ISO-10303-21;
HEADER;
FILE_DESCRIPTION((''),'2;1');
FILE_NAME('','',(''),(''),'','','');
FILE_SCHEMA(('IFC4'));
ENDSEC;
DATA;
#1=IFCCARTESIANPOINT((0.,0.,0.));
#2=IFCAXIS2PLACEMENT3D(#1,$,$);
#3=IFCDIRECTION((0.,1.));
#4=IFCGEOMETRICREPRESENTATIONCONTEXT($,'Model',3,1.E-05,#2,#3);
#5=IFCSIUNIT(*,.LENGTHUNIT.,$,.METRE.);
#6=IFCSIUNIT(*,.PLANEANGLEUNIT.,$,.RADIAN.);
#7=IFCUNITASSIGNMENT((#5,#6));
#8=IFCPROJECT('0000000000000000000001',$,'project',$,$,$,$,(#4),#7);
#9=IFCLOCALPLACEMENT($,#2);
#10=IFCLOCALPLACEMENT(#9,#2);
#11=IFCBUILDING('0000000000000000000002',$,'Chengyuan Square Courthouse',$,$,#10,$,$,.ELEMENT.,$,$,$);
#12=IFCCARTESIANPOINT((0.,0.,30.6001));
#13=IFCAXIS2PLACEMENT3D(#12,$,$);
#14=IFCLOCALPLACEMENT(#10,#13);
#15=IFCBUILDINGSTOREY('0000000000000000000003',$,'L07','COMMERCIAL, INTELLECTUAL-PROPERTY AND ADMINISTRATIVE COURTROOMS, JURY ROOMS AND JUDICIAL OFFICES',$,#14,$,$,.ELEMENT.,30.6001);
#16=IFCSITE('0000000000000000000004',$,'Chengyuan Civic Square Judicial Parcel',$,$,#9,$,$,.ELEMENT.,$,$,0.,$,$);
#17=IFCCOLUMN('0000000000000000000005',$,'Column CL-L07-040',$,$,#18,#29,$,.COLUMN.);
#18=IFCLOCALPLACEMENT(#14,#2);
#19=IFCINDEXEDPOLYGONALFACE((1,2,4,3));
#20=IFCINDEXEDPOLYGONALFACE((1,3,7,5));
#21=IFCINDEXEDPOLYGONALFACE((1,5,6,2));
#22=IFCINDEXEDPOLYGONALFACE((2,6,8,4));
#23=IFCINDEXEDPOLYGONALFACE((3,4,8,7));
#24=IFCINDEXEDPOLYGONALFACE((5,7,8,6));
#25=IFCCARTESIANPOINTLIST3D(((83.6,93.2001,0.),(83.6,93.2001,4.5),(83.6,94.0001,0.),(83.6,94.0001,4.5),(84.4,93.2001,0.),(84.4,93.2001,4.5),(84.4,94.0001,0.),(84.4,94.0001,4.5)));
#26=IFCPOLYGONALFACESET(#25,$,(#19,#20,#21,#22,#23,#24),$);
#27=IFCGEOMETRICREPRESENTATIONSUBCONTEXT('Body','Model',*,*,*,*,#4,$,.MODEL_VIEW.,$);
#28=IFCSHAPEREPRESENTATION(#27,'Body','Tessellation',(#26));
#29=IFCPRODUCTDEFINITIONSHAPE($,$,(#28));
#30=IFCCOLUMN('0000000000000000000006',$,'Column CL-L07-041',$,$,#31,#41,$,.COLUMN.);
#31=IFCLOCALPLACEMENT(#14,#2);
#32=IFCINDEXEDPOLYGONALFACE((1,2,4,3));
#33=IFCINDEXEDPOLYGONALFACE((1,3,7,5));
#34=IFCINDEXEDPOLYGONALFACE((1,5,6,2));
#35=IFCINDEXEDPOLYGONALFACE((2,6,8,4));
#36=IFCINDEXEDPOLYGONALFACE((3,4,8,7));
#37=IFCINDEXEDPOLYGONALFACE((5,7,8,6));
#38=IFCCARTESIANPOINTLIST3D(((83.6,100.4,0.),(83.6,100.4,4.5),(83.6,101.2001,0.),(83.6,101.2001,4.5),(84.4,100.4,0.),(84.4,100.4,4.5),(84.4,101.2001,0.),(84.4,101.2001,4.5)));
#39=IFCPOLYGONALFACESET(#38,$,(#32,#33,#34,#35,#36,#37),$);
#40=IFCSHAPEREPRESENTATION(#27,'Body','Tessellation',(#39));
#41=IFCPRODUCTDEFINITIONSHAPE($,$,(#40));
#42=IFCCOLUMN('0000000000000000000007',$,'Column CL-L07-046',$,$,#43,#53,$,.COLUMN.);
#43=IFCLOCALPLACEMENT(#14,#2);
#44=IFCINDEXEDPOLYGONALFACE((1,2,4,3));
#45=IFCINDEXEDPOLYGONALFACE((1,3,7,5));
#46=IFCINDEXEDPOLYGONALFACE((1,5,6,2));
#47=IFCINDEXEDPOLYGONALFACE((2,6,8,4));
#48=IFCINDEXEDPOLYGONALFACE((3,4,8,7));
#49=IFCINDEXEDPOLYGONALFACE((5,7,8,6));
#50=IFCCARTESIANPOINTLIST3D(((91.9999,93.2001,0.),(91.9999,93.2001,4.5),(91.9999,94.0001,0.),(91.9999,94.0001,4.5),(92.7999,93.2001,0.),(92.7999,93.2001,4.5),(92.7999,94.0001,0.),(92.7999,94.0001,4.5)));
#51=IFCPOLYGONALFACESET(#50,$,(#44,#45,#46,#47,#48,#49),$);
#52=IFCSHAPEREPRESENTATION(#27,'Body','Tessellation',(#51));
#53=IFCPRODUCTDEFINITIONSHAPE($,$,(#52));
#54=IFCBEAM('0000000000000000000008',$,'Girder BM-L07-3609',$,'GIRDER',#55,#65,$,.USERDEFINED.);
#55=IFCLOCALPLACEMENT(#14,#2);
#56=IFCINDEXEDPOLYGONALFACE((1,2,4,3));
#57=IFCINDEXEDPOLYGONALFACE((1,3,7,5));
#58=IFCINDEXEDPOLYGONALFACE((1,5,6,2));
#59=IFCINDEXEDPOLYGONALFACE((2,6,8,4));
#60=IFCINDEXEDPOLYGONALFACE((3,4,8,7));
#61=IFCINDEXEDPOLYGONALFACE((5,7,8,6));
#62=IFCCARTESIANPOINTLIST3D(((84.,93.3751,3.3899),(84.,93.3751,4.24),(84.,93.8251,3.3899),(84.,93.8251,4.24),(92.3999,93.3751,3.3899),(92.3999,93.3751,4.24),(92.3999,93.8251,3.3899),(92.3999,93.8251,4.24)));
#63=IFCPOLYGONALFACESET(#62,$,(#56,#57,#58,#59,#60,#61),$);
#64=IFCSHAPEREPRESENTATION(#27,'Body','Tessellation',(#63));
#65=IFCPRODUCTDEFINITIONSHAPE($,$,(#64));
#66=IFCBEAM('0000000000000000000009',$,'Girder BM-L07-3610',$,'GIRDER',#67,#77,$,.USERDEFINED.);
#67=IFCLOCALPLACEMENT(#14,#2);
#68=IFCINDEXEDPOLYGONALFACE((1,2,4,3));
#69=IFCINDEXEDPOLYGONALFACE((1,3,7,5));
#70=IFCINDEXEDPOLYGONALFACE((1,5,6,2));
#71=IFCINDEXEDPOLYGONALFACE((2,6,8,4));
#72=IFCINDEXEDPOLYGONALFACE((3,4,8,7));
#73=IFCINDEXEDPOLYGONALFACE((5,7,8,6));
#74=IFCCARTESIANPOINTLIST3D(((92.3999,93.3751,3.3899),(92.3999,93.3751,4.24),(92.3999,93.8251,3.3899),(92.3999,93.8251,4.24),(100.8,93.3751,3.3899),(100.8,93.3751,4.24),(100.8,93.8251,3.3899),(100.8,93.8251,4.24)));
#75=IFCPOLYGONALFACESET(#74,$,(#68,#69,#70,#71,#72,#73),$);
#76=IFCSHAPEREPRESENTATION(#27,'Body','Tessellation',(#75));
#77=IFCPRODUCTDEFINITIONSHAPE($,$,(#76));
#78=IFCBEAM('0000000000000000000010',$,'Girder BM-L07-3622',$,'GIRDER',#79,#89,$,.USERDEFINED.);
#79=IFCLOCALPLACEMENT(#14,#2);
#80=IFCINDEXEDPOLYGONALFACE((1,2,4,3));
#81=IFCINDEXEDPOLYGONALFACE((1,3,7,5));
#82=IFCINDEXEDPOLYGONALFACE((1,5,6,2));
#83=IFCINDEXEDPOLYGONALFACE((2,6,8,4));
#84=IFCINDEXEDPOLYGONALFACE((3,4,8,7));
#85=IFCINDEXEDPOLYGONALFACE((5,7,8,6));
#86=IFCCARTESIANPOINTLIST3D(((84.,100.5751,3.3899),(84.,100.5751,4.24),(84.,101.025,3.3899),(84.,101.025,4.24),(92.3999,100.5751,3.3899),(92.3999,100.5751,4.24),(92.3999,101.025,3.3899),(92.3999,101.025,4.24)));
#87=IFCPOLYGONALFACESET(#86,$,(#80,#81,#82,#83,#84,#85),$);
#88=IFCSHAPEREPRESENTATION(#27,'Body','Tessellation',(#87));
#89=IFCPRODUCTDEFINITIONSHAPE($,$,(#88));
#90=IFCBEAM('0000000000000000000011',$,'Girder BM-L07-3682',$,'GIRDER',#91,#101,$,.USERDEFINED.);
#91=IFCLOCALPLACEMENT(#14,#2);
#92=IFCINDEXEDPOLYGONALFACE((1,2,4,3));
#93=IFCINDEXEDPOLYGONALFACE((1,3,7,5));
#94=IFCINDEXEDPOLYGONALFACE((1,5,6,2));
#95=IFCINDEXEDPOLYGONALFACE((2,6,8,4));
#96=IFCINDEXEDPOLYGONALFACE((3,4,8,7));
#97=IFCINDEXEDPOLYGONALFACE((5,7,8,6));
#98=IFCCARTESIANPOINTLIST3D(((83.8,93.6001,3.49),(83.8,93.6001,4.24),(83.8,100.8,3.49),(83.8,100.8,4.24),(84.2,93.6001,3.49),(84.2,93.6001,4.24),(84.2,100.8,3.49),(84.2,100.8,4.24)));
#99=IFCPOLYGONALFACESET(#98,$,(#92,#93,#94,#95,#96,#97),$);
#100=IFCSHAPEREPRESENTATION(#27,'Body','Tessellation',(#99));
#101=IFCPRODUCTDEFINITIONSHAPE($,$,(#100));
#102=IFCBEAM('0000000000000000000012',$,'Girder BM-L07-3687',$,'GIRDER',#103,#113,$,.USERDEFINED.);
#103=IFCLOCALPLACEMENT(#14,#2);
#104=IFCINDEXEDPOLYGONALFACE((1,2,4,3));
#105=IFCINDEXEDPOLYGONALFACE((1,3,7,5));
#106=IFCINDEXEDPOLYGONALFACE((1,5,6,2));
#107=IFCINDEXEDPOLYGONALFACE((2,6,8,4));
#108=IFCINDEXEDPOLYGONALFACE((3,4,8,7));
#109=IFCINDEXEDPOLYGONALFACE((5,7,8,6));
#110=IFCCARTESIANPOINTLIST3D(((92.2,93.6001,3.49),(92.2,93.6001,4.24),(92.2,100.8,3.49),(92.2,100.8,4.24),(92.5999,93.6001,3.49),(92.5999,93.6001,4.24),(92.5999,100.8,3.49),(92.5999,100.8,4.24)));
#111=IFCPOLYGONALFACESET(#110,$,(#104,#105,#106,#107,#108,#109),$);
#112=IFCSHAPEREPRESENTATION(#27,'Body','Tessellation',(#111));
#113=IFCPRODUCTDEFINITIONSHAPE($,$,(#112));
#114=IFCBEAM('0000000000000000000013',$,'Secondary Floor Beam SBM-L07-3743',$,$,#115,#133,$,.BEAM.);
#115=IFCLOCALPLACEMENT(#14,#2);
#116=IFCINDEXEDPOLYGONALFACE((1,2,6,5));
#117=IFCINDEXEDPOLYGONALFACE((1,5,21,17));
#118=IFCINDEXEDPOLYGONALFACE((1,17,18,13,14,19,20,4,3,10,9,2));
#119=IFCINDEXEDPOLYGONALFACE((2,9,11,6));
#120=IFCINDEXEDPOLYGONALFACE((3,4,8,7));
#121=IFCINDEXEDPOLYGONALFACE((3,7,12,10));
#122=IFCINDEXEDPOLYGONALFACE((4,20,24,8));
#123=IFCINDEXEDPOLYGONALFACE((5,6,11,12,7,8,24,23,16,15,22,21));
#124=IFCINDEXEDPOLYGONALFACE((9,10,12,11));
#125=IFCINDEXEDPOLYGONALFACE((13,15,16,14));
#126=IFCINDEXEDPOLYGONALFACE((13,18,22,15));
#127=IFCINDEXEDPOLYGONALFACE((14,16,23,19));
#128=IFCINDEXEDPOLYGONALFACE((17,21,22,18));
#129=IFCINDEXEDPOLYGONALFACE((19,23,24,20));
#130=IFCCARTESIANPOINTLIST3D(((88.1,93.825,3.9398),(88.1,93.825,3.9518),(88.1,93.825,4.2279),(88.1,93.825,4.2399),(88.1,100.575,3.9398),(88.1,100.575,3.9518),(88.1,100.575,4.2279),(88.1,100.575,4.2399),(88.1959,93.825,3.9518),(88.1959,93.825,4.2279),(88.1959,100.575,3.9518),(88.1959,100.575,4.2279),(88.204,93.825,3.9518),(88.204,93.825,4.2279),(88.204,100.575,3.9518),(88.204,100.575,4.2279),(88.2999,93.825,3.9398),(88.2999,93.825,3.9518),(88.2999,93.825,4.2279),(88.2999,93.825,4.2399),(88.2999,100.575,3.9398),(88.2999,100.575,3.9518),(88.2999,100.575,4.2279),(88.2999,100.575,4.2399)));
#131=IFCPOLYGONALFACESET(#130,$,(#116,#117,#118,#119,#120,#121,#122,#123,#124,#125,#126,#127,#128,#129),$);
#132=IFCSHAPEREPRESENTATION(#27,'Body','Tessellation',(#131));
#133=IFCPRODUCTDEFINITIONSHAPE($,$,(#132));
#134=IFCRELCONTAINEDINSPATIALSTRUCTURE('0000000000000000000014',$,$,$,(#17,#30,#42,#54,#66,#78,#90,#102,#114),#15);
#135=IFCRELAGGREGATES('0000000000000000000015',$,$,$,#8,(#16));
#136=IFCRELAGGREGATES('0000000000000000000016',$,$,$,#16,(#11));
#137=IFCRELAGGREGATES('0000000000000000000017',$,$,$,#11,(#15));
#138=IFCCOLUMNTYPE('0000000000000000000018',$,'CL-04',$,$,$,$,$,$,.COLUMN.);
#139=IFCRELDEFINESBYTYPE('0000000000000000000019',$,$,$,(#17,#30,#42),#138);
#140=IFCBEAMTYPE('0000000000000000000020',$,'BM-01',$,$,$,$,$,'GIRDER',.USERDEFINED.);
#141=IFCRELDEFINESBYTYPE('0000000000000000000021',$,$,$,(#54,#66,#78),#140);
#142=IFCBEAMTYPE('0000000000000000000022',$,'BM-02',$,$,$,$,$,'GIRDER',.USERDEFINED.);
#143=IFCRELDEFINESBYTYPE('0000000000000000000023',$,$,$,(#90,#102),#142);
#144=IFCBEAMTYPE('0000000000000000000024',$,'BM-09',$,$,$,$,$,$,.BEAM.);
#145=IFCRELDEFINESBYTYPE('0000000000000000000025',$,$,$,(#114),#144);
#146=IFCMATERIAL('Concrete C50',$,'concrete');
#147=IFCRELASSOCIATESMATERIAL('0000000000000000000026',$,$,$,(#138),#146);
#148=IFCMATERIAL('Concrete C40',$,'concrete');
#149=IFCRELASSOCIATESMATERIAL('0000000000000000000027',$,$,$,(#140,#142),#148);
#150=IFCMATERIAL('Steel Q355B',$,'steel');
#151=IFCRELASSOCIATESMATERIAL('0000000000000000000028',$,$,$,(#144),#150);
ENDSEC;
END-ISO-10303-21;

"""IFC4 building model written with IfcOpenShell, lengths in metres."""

from ifc_helpers import new_model, si_unit, direction, frame, origin, origin_2d, place, context, subcontext, project, spatial, rectangle, i_section, extrude, material, material_profile, profile_set, type_object, element, save


model = new_model("IFC4")

# Units and contexts
model_context = context("Model", 3, precision=1e-05, world=origin(), true_north=direction((0.0, 1.0)))
body_context = subcontext(model_context, "Body", "Model", "MODEL_VIEW")
ifc_project = project(units=[si_unit("LENGTHUNIT", "METRE"), si_unit("PLANEANGLEUNIT", "RADIAN")], contexts=[model_context])

# Site, building, storey
site_placement = place(None, origin())
site = spatial("IfcSite", under=ifc_project, at=site_placement, Name="Chengyuan Civic Square Judicial Parcel", CompositionType="ELEMENT", RefElevation=0.0)
building_placement = place(site_placement, origin())
building = spatial("IfcBuilding", under=site, at=building_placement, Name="Chengyuan Square Courthouse", CompositionType="ELEMENT")
storey_placement = place(building_placement, frame((0.0, 0.0, 30.6001)))
storey = spatial("IfcBuildingStorey", under=building, at=storey_placement, Name="L07", Description="COMMERCIAL, INTELLECTUAL-PROPERTY AND ADMINISTRATIVE COURTROOMS, JURY ROOMS AND JUDICIAL OFFICES", CompositionType="ELEMENT", Elevation=30.6001)

# Columns
ifc_material_1 = material(Name="Concrete C50", Category="concrete")
ifc_material_profile_1 = material_profile(ifc_material_1, rectangle(XDim=0.8, YDim=0.8, at=origin_2d()), Name="RC-COL-800x800")
ifc_profile_set_1 = profile_set([ifc_material_profile_1], Name="Concrete C50")
column_type = type_object("IfcColumnType", Name="CL-04", PredefinedType="COLUMN", material=ifc_profile_set_1)
for number, where, z_axis, x_axis, name in (
    (1, (84.0, 93.6001, 0.0), (0.0, 0.0, 1.0), (1.0, 0.0, 0.0), "Column CL-L07-040"),
    (2, (84.0, 100.8, 0.0), (0.0, 0.0, 1.0), (1.0, 0.0, 0.0), "Column CL-L07-041"),
    (3, (92.3999, 93.6001, 0.0), (0.0, 0.0, 1.0), (1.0, 0.0, 0.0), "Column CL-L07-046"),
):
    element("IfcColumn", number, at=place(storey_placement, frame(where, z_axis=z_axis, x_axis=x_axis)), inside=storey, type_object=column_type, Name=name, PredefinedType="COLUMN", context=body_context, shape_type="SweptSolid", body=[
        extrude(rectangle(XDim=0.8, YDim=0.8, at=origin_2d()), origin(), (0.0, 0.0, 1.0), 4.5),
    ])

# Beams
ifc_material_2 = material(Name="Concrete C40", Category="concrete")
ifc_material_profile_2 = material_profile(ifc_material_2, rectangle(XDim=0.45, YDim=0.8501, at=origin_2d()), Name="RC-BM-450x850")
ifc_profile_set_2 = profile_set([ifc_material_profile_2], Name="Concrete C40")
beam_type_1 = type_object("IfcBeamType", Name="BM-01", ElementType="GIRDER", PredefinedType="USERDEFINED", material=ifc_profile_set_2)
beam_1_placement = place(storey_placement, frame((84.0, 93.6001, 3.8149), z_axis=(1.0, 0.0, 0.0), x_axis=(0.0, 1.0, 0.0)))
element("IfcBeam", 4, at=beam_1_placement, inside=storey, type_object=beam_type_1, Name="Girder BM-L07-3609", ObjectType="GIRDER", PredefinedType="USERDEFINED", context=body_context, shape_type="SweptSolid", body=[
    extrude(rectangle(XDim=0.45, YDim=0.8501, at=origin_2d()), origin(), (0.0, 0.0, 1.0), 8.3999),
])
beam_2_placement = place(storey_placement, frame((92.3999, 93.6001, 3.8149), z_axis=(1.0, 0.0, 0.0), x_axis=(0.0, 1.0, 0.0)))
element("IfcBeam", 5, at=beam_2_placement, inside=storey, type_object=beam_type_1, Name="Girder BM-L07-3610", ObjectType="GIRDER", PredefinedType="USERDEFINED", context=body_context, shape_type="SweptSolid", body=[
    extrude(rectangle(XDim=0.45, YDim=0.8501, at=origin_2d()), origin(), (0.0, 0.0, 1.0), 8.4001),
])
beam_3_placement = place(storey_placement, frame((84.0, 100.8, 3.8149), z_axis=(1.0, 0.0, 0.0), x_axis=(0.0, 1.0, 0.0)))
element("IfcBeam", 6, at=beam_3_placement, inside=storey, type_object=beam_type_1, Name="Girder BM-L07-3622", ObjectType="GIRDER", PredefinedType="USERDEFINED", context=body_context, shape_type="SweptSolid", body=[
    extrude(rectangle(XDim=0.45, YDim=0.8501, at=origin_2d()), origin(), (0.0, 0.0, 1.0), 8.3999),
])
ifc_material_profile_3 = material_profile(ifc_material_2, rectangle(XDim=0.3999, YDim=0.75, at=origin_2d()), Name="RC-BM-400x750")
ifc_profile_set_3 = profile_set([ifc_material_profile_3], Name="Concrete C40")
beam_type_2 = type_object("IfcBeamType", Name="BM-02", ElementType="GIRDER", PredefinedType="USERDEFINED", material=ifc_profile_set_3)
for number, where, z_axis, x_axis, name in (
    (7, (84.0, 93.6001, 3.865), (0.0, 1.0, 0.0), (-1.0, 0.0, 0.0), "Girder BM-L07-3682"),
    (8, (92.3999, 93.6001, 3.865), (0.0, 1.0, 0.0), (-1.0, 0.0, 0.0), "Girder BM-L07-3687"),
):
    element("IfcBeam", number, at=place(storey_placement, frame(where, z_axis=z_axis, x_axis=x_axis)), inside=storey, type_object=beam_type_2, Name=name, ObjectType="GIRDER", PredefinedType="USERDEFINED", context=body_context, shape_type="SweptSolid", body=[
        extrude(rectangle(XDim=0.3999, YDim=0.75, at=origin_2d()), origin(), (0.0, 0.0, 1.0), 7.2),
    ])
ifc_material_3 = material(Name="Steel Q355B", Category="steel")
ifc_material_profile_4 = material_profile(ifc_material_3, i_section(OverallWidth=0.2, OverallDepth=0.3, WebThickness=0.0081, FlangeThickness=0.012, at=origin_2d()), Name="HM 300x200x8x12")
ifc_profile_set_4 = profile_set([ifc_material_profile_4], Name="Steel Q355B")
beam_type_3 = type_object("IfcBeamType", Name="BM-09", PredefinedType="BEAM", material=ifc_profile_set_4)
beam_4_placement = place(storey_placement, frame((88.2, 93.825, 4.0898), z_axis=(0.0, 1.0, 0.0), x_axis=(-1.0, 0.0, 0.0)))
element("IfcBeam", 9, at=beam_4_placement, inside=storey, type_object=beam_type_3, Name="Secondary Floor Beam SBM-L07-3743", PredefinedType="BEAM", context=body_context, shape_type="SweptSolid", body=[
    extrude(i_section(OverallWidth=0.2, OverallDepth=0.3, WebThickness=0.0081, FlangeThickness=0.012, at=origin_2d()), origin(), (0.0, 0.0, 1.0), 6.75),
])

save(model, "model.ifc")
